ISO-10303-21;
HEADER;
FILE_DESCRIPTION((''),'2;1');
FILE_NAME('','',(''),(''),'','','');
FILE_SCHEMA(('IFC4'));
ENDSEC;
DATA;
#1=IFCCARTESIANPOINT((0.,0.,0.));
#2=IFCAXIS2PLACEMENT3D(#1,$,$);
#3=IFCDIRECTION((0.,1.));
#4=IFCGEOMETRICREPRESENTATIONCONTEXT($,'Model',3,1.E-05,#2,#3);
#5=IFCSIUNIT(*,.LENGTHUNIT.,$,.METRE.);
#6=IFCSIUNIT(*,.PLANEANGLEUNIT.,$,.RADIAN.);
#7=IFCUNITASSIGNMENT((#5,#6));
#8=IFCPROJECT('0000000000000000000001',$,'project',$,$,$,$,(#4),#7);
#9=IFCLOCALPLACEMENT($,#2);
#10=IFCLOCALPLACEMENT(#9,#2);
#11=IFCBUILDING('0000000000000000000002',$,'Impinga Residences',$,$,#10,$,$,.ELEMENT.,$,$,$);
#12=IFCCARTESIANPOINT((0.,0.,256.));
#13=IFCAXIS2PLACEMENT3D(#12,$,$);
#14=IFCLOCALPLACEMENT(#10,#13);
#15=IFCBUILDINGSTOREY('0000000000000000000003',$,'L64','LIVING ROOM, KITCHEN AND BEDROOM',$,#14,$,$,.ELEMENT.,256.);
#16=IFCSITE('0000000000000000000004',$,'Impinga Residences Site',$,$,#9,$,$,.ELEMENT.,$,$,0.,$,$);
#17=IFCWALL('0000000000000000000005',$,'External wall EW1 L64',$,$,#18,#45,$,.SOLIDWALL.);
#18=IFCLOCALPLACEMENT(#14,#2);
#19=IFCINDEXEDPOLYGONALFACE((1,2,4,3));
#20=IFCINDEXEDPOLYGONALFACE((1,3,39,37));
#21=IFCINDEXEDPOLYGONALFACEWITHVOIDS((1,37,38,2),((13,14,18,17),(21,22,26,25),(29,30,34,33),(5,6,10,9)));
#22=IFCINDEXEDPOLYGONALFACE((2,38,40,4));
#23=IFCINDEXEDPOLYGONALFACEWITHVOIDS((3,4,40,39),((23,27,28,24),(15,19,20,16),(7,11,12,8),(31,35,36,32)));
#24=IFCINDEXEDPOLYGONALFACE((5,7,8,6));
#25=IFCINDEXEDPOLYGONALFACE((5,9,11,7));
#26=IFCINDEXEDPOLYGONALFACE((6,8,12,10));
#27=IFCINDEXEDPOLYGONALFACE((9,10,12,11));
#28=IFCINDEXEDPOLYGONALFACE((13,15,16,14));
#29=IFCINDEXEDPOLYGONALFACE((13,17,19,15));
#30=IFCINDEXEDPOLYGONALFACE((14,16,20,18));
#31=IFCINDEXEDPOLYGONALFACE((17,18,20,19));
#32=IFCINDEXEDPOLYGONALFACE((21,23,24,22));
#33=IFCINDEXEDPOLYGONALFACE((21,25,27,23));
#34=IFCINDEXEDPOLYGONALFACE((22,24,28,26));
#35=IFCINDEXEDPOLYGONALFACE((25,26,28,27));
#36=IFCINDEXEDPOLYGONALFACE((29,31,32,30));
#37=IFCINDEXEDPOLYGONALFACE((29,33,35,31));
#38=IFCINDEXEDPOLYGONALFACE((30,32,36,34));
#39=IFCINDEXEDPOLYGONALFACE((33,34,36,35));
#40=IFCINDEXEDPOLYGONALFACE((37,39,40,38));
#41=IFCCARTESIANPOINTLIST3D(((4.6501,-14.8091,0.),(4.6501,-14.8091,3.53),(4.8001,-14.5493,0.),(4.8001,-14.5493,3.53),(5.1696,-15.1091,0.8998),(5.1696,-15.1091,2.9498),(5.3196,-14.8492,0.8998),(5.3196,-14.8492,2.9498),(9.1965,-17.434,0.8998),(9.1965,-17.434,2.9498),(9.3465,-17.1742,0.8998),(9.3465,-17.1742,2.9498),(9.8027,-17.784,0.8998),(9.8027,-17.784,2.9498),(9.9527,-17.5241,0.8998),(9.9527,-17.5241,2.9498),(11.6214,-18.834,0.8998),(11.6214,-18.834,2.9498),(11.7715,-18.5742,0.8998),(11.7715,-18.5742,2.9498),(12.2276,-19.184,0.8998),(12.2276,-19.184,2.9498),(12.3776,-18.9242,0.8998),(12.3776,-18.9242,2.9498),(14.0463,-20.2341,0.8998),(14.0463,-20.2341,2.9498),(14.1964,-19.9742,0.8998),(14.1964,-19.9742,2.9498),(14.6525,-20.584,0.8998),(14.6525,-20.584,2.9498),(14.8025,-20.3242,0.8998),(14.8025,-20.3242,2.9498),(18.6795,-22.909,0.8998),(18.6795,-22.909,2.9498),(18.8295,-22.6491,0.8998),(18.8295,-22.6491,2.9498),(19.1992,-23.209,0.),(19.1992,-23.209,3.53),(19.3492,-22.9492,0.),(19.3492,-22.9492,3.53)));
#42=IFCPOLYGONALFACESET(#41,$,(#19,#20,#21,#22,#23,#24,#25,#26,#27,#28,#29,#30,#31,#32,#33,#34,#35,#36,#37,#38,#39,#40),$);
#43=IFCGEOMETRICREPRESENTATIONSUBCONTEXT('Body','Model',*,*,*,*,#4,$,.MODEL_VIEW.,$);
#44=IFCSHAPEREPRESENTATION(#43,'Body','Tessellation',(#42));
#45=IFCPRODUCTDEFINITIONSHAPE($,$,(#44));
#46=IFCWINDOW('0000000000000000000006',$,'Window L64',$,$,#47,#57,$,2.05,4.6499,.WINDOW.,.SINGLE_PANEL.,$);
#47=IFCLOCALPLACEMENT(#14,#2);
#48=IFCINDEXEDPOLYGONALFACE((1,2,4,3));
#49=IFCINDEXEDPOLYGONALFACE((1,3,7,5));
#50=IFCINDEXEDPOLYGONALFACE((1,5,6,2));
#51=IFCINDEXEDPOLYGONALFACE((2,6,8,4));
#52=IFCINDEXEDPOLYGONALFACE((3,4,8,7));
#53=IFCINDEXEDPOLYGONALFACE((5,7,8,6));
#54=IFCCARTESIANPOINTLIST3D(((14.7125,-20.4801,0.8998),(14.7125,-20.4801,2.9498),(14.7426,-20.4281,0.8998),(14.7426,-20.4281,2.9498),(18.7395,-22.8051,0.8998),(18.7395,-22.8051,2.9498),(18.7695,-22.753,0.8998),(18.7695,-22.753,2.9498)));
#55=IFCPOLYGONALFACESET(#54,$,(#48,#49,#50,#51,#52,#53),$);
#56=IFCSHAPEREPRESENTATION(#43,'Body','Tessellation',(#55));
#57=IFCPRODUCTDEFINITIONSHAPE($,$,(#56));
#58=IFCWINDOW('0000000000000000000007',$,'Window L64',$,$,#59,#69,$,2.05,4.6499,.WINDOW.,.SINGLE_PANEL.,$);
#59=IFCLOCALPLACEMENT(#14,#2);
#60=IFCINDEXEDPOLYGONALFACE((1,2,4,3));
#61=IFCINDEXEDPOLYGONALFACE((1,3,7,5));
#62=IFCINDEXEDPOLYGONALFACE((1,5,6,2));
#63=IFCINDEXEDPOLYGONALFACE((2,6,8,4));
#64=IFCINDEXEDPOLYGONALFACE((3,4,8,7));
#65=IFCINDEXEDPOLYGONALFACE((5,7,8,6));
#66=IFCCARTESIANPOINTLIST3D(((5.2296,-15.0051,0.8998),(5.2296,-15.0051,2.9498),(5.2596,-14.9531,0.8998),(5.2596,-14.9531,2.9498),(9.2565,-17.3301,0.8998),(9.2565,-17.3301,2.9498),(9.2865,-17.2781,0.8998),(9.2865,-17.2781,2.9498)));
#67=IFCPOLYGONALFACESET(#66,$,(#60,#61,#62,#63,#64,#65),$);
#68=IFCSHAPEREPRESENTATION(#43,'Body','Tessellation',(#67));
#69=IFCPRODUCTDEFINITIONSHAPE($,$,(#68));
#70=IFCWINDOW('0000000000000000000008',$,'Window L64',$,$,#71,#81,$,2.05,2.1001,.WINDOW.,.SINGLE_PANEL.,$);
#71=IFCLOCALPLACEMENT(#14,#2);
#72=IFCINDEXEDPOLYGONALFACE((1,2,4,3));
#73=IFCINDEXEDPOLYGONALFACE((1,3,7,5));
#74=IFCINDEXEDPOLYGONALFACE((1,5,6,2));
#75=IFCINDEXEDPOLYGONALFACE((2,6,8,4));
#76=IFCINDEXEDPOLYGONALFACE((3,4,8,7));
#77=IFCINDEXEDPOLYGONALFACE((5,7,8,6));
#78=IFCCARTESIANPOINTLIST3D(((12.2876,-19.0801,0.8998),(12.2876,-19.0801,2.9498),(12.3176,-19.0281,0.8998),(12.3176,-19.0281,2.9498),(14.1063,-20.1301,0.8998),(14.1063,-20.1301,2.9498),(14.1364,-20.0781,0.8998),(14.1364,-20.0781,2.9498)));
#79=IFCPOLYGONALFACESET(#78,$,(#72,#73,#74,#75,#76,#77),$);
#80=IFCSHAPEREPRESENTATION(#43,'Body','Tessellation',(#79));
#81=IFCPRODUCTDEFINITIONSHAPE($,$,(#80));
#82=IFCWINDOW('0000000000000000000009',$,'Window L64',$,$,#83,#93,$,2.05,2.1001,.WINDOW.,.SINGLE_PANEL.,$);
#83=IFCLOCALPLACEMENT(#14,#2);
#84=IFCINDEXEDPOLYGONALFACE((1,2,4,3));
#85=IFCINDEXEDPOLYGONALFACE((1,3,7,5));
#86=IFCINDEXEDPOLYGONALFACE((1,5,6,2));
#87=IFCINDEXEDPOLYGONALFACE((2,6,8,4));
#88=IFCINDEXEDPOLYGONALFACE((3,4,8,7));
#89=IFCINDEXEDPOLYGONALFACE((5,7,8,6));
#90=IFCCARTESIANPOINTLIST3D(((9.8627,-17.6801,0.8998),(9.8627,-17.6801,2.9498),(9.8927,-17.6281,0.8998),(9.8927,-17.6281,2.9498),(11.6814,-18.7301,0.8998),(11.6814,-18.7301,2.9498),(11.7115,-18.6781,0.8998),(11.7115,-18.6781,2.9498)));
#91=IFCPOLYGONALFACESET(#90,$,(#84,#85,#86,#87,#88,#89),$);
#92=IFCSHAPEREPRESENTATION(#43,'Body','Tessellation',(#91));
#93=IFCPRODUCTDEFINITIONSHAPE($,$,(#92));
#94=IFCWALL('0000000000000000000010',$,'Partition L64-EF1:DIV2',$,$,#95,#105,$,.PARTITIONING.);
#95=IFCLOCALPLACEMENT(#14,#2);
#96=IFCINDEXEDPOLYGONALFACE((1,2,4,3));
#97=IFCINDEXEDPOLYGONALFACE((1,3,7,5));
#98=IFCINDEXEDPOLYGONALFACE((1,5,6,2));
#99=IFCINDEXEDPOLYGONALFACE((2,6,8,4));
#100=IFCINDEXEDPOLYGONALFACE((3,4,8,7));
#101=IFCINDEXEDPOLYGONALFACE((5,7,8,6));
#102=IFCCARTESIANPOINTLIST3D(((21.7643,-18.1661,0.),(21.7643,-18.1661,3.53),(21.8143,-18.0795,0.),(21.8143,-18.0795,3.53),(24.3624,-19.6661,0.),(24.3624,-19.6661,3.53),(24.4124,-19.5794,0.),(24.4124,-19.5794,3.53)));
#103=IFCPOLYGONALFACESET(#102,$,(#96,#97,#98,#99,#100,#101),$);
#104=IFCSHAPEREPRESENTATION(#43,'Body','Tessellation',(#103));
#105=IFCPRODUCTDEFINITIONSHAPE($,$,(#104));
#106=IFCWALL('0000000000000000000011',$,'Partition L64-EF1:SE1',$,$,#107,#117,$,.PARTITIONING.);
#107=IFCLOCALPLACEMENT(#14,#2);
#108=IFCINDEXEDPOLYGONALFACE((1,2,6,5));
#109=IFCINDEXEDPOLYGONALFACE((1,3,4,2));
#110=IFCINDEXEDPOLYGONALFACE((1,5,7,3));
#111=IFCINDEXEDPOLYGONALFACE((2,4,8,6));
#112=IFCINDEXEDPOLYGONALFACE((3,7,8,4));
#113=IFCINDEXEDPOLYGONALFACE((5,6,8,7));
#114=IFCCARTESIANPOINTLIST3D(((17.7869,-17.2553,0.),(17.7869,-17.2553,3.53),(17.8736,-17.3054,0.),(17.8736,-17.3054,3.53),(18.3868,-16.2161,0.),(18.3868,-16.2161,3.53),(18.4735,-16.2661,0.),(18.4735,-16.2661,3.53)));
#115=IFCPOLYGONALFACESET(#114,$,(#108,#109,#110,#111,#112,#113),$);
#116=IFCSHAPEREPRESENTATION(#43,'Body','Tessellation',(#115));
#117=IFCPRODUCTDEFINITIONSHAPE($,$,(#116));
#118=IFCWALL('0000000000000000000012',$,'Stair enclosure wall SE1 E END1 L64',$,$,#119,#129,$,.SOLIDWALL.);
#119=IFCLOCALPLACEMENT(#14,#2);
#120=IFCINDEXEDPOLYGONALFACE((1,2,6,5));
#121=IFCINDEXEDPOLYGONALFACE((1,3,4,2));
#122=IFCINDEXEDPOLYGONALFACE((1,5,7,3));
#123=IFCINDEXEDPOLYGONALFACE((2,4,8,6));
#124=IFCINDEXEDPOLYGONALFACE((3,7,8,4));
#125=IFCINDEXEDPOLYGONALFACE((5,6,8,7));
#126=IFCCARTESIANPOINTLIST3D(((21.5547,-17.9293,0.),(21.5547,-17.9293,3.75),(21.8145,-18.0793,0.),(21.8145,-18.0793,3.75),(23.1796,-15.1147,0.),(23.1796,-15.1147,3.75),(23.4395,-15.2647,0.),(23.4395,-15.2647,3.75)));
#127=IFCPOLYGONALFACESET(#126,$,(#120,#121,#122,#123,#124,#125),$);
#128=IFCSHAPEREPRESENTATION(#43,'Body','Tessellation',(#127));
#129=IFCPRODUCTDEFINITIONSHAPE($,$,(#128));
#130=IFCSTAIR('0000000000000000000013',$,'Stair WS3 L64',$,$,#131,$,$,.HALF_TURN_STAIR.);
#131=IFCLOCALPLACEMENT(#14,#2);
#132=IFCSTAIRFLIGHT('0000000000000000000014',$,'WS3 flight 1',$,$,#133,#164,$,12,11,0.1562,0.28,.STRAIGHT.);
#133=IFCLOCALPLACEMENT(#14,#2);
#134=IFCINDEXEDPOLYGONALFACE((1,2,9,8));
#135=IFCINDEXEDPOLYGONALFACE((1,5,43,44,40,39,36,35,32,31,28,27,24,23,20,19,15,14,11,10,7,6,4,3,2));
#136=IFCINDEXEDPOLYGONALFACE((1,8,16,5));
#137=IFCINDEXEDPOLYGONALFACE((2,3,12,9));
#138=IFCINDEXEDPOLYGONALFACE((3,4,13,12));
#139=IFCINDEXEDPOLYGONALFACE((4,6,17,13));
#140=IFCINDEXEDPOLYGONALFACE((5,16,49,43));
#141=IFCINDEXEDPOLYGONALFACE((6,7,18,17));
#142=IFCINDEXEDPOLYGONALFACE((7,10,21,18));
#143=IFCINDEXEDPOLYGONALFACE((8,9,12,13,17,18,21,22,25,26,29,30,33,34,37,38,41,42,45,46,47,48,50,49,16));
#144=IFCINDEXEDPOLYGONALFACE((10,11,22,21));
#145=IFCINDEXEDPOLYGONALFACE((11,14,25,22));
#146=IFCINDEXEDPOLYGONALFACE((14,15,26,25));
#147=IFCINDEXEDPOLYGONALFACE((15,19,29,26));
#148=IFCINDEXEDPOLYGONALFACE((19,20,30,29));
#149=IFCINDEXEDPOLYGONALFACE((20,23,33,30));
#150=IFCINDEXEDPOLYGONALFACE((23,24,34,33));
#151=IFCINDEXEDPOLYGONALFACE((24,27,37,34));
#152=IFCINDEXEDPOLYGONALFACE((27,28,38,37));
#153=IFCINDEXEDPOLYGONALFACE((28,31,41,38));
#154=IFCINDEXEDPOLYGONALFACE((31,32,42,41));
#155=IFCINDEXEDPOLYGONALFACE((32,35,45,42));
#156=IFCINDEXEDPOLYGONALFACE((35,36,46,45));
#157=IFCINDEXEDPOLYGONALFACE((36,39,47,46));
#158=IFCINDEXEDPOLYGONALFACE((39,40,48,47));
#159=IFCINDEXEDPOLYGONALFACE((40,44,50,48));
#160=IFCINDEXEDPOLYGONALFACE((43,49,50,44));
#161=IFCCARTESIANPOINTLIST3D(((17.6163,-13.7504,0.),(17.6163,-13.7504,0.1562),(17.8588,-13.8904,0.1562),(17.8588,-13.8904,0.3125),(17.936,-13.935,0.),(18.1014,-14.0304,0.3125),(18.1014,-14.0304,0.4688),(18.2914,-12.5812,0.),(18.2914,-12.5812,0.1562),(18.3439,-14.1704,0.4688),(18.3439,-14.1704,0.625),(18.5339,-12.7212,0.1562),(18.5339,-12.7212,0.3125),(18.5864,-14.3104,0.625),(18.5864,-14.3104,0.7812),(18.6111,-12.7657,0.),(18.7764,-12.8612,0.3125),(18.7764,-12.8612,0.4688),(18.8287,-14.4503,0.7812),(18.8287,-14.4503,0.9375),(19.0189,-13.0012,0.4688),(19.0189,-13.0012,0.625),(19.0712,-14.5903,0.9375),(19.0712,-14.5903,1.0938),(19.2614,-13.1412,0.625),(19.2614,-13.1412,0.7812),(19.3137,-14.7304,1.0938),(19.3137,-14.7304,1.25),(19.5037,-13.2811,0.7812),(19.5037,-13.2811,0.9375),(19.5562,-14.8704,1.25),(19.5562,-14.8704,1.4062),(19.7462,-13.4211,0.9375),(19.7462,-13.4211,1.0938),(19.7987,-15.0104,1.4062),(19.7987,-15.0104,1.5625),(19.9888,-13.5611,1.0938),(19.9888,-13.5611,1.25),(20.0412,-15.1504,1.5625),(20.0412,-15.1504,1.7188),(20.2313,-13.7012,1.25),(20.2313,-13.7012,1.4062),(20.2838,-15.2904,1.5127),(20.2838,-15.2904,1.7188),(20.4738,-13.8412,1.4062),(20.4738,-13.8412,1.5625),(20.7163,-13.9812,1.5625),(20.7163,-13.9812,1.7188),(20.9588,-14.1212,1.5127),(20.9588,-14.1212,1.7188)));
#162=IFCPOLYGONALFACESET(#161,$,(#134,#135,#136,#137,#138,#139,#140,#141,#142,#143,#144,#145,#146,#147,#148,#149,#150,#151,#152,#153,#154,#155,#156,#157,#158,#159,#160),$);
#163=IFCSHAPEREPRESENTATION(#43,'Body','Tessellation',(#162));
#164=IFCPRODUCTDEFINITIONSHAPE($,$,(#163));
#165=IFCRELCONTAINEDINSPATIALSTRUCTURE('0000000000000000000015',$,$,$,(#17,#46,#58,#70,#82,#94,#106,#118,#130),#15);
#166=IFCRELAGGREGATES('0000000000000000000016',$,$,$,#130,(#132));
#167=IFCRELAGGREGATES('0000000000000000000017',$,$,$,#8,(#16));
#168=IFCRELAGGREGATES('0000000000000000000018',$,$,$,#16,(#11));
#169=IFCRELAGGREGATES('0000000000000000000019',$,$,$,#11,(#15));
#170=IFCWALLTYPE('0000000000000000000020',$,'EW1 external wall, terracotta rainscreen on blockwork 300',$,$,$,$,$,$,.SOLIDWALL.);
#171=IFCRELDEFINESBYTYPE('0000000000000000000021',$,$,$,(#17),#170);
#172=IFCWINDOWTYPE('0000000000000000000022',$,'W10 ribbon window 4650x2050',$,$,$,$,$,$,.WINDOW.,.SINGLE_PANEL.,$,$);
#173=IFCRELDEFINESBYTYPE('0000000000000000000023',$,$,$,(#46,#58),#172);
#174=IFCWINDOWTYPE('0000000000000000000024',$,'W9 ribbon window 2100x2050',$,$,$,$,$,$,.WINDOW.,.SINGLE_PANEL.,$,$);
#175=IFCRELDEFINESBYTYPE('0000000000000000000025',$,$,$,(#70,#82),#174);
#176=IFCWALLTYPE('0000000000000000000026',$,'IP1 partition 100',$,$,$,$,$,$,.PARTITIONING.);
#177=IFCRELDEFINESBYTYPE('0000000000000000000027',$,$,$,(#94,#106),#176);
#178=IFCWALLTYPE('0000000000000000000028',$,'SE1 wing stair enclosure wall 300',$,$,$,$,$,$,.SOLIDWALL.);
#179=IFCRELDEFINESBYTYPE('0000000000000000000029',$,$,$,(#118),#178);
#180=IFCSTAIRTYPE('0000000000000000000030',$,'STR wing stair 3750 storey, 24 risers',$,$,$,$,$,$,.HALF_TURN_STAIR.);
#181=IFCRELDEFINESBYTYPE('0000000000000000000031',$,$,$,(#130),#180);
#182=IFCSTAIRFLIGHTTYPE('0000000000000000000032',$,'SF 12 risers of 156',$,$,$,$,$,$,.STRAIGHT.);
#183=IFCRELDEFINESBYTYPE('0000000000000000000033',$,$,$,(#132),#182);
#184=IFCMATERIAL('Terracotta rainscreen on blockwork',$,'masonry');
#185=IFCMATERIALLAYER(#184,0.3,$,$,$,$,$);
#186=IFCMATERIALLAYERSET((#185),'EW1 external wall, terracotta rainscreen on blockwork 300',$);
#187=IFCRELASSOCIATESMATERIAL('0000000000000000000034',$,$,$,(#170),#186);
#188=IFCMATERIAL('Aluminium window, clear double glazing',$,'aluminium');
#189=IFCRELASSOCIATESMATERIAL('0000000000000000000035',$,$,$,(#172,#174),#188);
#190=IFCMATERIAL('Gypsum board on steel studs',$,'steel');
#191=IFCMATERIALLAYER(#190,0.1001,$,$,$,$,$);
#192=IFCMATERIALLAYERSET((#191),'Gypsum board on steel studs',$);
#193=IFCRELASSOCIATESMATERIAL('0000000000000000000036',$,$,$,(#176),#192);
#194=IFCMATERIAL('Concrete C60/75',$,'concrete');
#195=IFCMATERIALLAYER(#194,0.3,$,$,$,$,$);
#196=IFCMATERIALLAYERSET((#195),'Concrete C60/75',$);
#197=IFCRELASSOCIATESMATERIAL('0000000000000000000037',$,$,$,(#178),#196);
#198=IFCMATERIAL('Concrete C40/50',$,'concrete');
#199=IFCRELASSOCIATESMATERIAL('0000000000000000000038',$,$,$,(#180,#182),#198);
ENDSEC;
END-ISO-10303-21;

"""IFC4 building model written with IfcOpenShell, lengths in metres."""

from ifc_helpers import new_model, si_unit, direction, frame, frame_2d, origin, place, context, subcontext, project, spatial, polyline, rectangle, outline, extrude, material, layer, layer_set, type_object, element, fill, aggregate, save


model = new_model("IFC4")

# Units and contexts
model_context = context("Model", 3, precision=1e-05, world=origin(), true_north=direction((0.0, 1.0)))
body_context = subcontext(model_context, "Body", "Model", "MODEL_VIEW")
ifc_project = project(units=[si_unit("LENGTHUNIT", "METRE"), si_unit("PLANEANGLEUNIT", "RADIAN")], contexts=[model_context])

# Site, building, storey
site_placement = place(None, origin())
site = spatial("IfcSite", under=ifc_project, at=site_placement, Name="Impinga Residences Site", CompositionType="ELEMENT", RefElevation=0.0)
building_placement = place(site_placement, origin())
building = spatial("IfcBuilding", under=site, at=building_placement, Name="Impinga Residences", CompositionType="ELEMENT")
storey_placement = place(building_placement, frame((0.0, 0.0, 256.0)))
storey = spatial("IfcBuildingStorey", under=building, at=storey_placement, Name="L64", Description="LIVING ROOM, KITCHEN AND BEDROOM", CompositionType="ELEMENT", Elevation=256.0)

# Shared definitions
ifc_material_1 = material(Name="Concrete C60/75", Category="concrete")

# Shared definitions
ifc_material_2 = material(Name="Terracotta rainscreen on blockwork", Category="masonry")
ifc_layer_1 = layer(ifc_material_2, 0.3)
ifc_layer_set_1 = layer_set([ifc_layer_1], Name="EW1 external wall, terracotta rainscreen on blockwork 300")
wall_type_1 = type_object("IfcWallType", Name="EW1 external wall, terracotta rainscreen on blockwork 300", PredefinedType="SOLIDWALL", material=ifc_layer_set_1)

# Wall, openings, windows
wall_1_placement = place(storey_placement, frame((19.2742, -23.0791, 0.0), z_axis=(0.0, 0.0, 1.0), x_axis=(-0.866026, 0.5, 0.0)))
wall_1 = element("IfcWall", 1, at=wall_1_placement, inside=storey, type_object=wall_type_1, Name="External wall EW1 L64", PredefinedType="SOLIDWALL", context=body_context, shape_type="SweptSolid", body=[
    extrude(rectangle(XDim=16.7998, YDim=0.3, at=frame_2d((8.3999, 0.0))), origin(), (0.0, 0.0, 1.0), 3.53),
])
opening_1_placement = place(wall_1_placement, frame((0.6001, 0.0, 0.8999)))
opening_1 = element("IfcOpeningElement", 2, at=opening_1_placement, cuts=wall_1, PredefinedType="OPENING", context=body_context, shape_type="SweptSolid", body=[
    extrude(rectangle(XDim=4.6499, YDim=2.05, at=frame_2d((2.325, 1.0249))), frame((0.0, 0.1599, 0.0), z_axis=(0.0, -1.0, 0.0), x_axis=(1.0, 0.0, 0.0)), (0.0, 0.0, 1.0), 0.3201),
])
opening_2_placement = place(wall_1_placement, frame((5.95, 0.0, 0.8999)))
opening_2 = element("IfcOpeningElement", 3, at=opening_2_placement, cuts=wall_1, PredefinedType="OPENING", context=body_context, shape_type="SweptSolid", body=[
    extrude(rectangle(XDim=2.1001, YDim=2.05, at=frame_2d((1.05, 1.0249))), frame((0.0, 0.1599, 0.0), z_axis=(0.0, -1.0, 0.0), x_axis=(1.0, 0.0, 0.0)), (0.0, 0.0, 1.0), 0.3201),
])
opening_3_placement = place(wall_1_placement, frame((8.75, 0.0, 0.8999)))
opening_3 = element("IfcOpeningElement", 4, at=opening_3_placement, cuts=wall_1, PredefinedType="OPENING", context=body_context, shape_type="SweptSolid", body=[
    extrude(rectangle(XDim=2.1001, YDim=2.05, at=frame_2d((1.05, 1.0249))), frame((0.0, 0.1599, 0.0), z_axis=(0.0, -1.0, 0.0), x_axis=(1.0, 0.0, 0.0)), (0.0, 0.0, 1.0), 0.3201),
])
opening_4_placement = place(wall_1_placement, frame((11.55, 0.0, 0.8999)))
opening_4 = element("IfcOpeningElement", 5, at=opening_4_placement, cuts=wall_1, PredefinedType="OPENING", context=body_context, shape_type="SweptSolid", body=[
    extrude(rectangle(XDim=4.6499, YDim=2.05, at=frame_2d((2.325, 1.0249))), frame((0.0, 0.1599, 0.0), z_axis=(0.0, -1.0, 0.0), x_axis=(1.0, 0.0, 0.0)), (0.0, 0.0, 1.0), 0.3201),
])
ifc_material_3 = material(Name="Aluminium window, clear double glazing", Category="aluminium")
window_type_1 = type_object("IfcWindowType", Name="W10 ribbon window 4650x2050", PartitioningType="SINGLE_PANEL", PredefinedType="WINDOW", material=ifc_material_3)
window_1_placement = place(opening_1_placement, origin())
window_1 = element("IfcWindow", 6, at=window_1_placement, inside=storey, type_object=window_type_1, Name="Window L64", OverallHeight=2.05, OverallWidth=4.6499, PartitioningType="SINGLE_PANEL", PredefinedType="WINDOW", context=body_context, shape_type="SweptSolid", body=[
    extrude(rectangle(XDim=4.6499, YDim=2.05, at=frame_2d((2.325, 1.0249))), frame((0.0, 0.03, 0.0), z_axis=(0.0, -1.0, 0.0), x_axis=(1.0, 0.0, 0.0)), (0.0, 0.0, 1.0), 0.0601),
])
fill(opening_1, window_1)
window_2_placement = place(opening_4_placement, origin())
window_2 = element("IfcWindow", 7, at=window_2_placement, inside=storey, type_object=window_type_1, Name="Window L64", OverallHeight=2.05, OverallWidth=4.6499, PartitioningType="SINGLE_PANEL", PredefinedType="WINDOW", context=body_context, shape_type="SweptSolid", body=[
    extrude(rectangle(XDim=4.6499, YDim=2.05, at=frame_2d((2.325, 1.0249))), frame((0.0, 0.03, 0.0), z_axis=(0.0, -1.0, 0.0), x_axis=(1.0, 0.0, 0.0)), (0.0, 0.0, 1.0), 0.0601),
])
fill(opening_4, window_2)
window_type_2 = type_object("IfcWindowType", Name="W9 ribbon window 2100x2050", PartitioningType="SINGLE_PANEL", PredefinedType="WINDOW", material=ifc_material_3)
window_3_placement = place(opening_2_placement, origin())
window_3 = element("IfcWindow", 8, at=window_3_placement, inside=storey, type_object=window_type_2, Name="Window L64", OverallHeight=2.05, OverallWidth=2.1001, PartitioningType="SINGLE_PANEL", PredefinedType="WINDOW", context=body_context, shape_type="SweptSolid", body=[
    extrude(rectangle(XDim=2.1001, YDim=2.05, at=frame_2d((1.05, 1.0249))), frame((0.0, 0.03, 0.0), z_axis=(0.0, -1.0, 0.0), x_axis=(1.0, 0.0, 0.0)), (0.0, 0.0, 1.0), 0.0601),
])
fill(opening_2, window_3)
window_4_placement = place(opening_3_placement, origin())
window_4 = element("IfcWindow", 9, at=window_4_placement, inside=storey, type_object=window_type_2, Name="Window L64", OverallHeight=2.05, OverallWidth=2.1001, PartitioningType="SINGLE_PANEL", PredefinedType="WINDOW", context=body_context, shape_type="SweptSolid", body=[
    extrude(rectangle(XDim=2.1001, YDim=2.05, at=frame_2d((1.05, 1.0249))), frame((0.0, 0.03, 0.0), z_axis=(0.0, -1.0, 0.0), x_axis=(1.0, 0.0, 0.0)), (0.0, 0.0, 1.0), 0.0601),
])
fill(opening_3, window_4)

# Walls
ifc_material_4 = material(Name="Gypsum board on steel studs", Category="steel")
ifc_layer_2 = layer(ifc_material_4, 0.1001)
ifc_layer_set_2 = layer_set([ifc_layer_2], Name="Gypsum board on steel studs")
wall_type_2 = type_object("IfcWallType", Name="IP1 partition 100", PredefinedType="PARTITIONING", material=ifc_layer_set_2)
wall_2_placement = place(storey_placement, frame((21.7893, -18.1228, 0.0), z_axis=(0.0, 0.0, 1.0), x_axis=(0.866031, -0.49999, 0.0)))
element("IfcWall", 10, at=wall_2_placement, inside=storey, type_object=wall_type_2, Name="Partition L64-EF1:DIV2", PredefinedType="PARTITIONING", context=body_context, shape_type="SweptSolid", body=[
    extrude(rectangle(XDim=3.0, YDim=0.1001, at=frame_2d((1.5, 0.0))), origin(), (0.0, 0.0, 1.0), 3.53),
])
wall_3_placement = place(storey_placement, frame((18.4302, -16.241, 0.0), z_axis=(0.0, 0.0, 1.0), x_axis=(-0.499881, -0.866094, 0.0)))
element("IfcWall", 11, at=wall_3_placement, inside=storey, type_object=wall_type_2, Name="Partition L64-EF1:SE1", PredefinedType="PARTITIONING", context=body_context, shape_type="SweptSolid", body=[
    extrude(rectangle(XDim=1.2, YDim=0.1001, at=frame_2d((0.6001, 0.0))), origin(), (0.0, 0.0, 1.0), 3.53),
])
ifc_layer_3 = layer(ifc_material_1, 0.3)
ifc_layer_set_3 = layer_set([ifc_layer_3], Name="Concrete C60/75")
wall_type_3 = type_object("IfcWallType", Name="SE1 wing stair enclosure wall 300", PredefinedType="SOLIDWALL", material=ifc_layer_set_3)
wall_4_placement = place(storey_placement, frame((23.3096, -15.1897, 0.0), z_axis=(0.0, 0.0, 1.0), x_axis=(-0.499985, -0.866034, 0.0)))
element("IfcWall", 12, at=wall_4_placement, inside=storey, type_object=wall_type_3, Name="Stair enclosure wall SE1 E END1 L64", PredefinedType="SOLIDWALL", context=body_context, shape_type="SweptSolid", body=[
    extrude(rectangle(XDim=3.25, YDim=0.3, at=frame_2d((1.625, 0.0))), origin(), (0.0, 0.0, 1.0), 3.75),
])

# Stair, stair flight
ifc_material_5 = material(Name="Concrete C40/50", Category="concrete")
stair_type = type_object("IfcStairType", Name="STR wing stair 3750 storey, 24 risers", PredefinedType="HALF_TURN_STAIR", material=ifc_material_5)
stair_placement = place(storey_placement, origin())
stair = element("IfcStair", 13, at=stair_placement, inside=storey, type_object=stair_type, Name="Stair WS3 L64", PredefinedType="HALF_TURN_STAIR")
stair_flight_type = type_object("IfcStairFlightType", Name="SF 12 risers of 156", PredefinedType="STRAIGHT", material=ifc_material_5)
stair_flight_1_placement = place(storey_placement, frame((17.9539, -13.1658, 0.0), z_axis=(0.0, 0.0, 1.0), x_axis=(0.866025, -0.5, 0.0)))
stair_flight_1 = element("IfcStairFlight", 14, at=stair_flight_1_placement, type_object=stair_flight_type, Name="WS3 flight 1", NumberOfRisers=12, NumberOfTreads=11, PredefinedType="STRAIGHT", RiserHeight=0.1562, TreadLength=0.28, context=body_context, shape_type="SweptSolid", body=[
    extrude(outline(polyline([(0.0, 0.0), (0.0, 0.1562), (0.28, 0.1562), (0.28, 0.3125), (0.5601, 0.3125), (0.5601, 0.4688), (0.8401, 0.4688), (0.8401, 0.625), (1.1201, 0.625), (1.1201, 0.7812), (1.3999, 0.7812), (1.3999, 0.9375), (1.6799, 0.9375), (1.6799, 1.0938), (1.96, 1.0938), (1.96, 1.25), (2.24, 1.25), (2.24, 1.4062), (2.52, 1.4062), (2.52, 1.5625), (2.8, 1.5625), (2.8, 1.7188), (3.0801, 1.7188), (3.0801, 1.875), (3.0801, 1.5127), (0.3691, 0.0), (0.0, 0.0)])), frame((0.0, 0.675, 0.0), z_axis=(0.0, -1.0, 0.0), x_axis=(1.0, 0.0, 0.0)), (0.0, 0.0, 1.0), 1.3501),
])
aggregate(stair, [stair_flight_1])

save(model, "model.ifc")
